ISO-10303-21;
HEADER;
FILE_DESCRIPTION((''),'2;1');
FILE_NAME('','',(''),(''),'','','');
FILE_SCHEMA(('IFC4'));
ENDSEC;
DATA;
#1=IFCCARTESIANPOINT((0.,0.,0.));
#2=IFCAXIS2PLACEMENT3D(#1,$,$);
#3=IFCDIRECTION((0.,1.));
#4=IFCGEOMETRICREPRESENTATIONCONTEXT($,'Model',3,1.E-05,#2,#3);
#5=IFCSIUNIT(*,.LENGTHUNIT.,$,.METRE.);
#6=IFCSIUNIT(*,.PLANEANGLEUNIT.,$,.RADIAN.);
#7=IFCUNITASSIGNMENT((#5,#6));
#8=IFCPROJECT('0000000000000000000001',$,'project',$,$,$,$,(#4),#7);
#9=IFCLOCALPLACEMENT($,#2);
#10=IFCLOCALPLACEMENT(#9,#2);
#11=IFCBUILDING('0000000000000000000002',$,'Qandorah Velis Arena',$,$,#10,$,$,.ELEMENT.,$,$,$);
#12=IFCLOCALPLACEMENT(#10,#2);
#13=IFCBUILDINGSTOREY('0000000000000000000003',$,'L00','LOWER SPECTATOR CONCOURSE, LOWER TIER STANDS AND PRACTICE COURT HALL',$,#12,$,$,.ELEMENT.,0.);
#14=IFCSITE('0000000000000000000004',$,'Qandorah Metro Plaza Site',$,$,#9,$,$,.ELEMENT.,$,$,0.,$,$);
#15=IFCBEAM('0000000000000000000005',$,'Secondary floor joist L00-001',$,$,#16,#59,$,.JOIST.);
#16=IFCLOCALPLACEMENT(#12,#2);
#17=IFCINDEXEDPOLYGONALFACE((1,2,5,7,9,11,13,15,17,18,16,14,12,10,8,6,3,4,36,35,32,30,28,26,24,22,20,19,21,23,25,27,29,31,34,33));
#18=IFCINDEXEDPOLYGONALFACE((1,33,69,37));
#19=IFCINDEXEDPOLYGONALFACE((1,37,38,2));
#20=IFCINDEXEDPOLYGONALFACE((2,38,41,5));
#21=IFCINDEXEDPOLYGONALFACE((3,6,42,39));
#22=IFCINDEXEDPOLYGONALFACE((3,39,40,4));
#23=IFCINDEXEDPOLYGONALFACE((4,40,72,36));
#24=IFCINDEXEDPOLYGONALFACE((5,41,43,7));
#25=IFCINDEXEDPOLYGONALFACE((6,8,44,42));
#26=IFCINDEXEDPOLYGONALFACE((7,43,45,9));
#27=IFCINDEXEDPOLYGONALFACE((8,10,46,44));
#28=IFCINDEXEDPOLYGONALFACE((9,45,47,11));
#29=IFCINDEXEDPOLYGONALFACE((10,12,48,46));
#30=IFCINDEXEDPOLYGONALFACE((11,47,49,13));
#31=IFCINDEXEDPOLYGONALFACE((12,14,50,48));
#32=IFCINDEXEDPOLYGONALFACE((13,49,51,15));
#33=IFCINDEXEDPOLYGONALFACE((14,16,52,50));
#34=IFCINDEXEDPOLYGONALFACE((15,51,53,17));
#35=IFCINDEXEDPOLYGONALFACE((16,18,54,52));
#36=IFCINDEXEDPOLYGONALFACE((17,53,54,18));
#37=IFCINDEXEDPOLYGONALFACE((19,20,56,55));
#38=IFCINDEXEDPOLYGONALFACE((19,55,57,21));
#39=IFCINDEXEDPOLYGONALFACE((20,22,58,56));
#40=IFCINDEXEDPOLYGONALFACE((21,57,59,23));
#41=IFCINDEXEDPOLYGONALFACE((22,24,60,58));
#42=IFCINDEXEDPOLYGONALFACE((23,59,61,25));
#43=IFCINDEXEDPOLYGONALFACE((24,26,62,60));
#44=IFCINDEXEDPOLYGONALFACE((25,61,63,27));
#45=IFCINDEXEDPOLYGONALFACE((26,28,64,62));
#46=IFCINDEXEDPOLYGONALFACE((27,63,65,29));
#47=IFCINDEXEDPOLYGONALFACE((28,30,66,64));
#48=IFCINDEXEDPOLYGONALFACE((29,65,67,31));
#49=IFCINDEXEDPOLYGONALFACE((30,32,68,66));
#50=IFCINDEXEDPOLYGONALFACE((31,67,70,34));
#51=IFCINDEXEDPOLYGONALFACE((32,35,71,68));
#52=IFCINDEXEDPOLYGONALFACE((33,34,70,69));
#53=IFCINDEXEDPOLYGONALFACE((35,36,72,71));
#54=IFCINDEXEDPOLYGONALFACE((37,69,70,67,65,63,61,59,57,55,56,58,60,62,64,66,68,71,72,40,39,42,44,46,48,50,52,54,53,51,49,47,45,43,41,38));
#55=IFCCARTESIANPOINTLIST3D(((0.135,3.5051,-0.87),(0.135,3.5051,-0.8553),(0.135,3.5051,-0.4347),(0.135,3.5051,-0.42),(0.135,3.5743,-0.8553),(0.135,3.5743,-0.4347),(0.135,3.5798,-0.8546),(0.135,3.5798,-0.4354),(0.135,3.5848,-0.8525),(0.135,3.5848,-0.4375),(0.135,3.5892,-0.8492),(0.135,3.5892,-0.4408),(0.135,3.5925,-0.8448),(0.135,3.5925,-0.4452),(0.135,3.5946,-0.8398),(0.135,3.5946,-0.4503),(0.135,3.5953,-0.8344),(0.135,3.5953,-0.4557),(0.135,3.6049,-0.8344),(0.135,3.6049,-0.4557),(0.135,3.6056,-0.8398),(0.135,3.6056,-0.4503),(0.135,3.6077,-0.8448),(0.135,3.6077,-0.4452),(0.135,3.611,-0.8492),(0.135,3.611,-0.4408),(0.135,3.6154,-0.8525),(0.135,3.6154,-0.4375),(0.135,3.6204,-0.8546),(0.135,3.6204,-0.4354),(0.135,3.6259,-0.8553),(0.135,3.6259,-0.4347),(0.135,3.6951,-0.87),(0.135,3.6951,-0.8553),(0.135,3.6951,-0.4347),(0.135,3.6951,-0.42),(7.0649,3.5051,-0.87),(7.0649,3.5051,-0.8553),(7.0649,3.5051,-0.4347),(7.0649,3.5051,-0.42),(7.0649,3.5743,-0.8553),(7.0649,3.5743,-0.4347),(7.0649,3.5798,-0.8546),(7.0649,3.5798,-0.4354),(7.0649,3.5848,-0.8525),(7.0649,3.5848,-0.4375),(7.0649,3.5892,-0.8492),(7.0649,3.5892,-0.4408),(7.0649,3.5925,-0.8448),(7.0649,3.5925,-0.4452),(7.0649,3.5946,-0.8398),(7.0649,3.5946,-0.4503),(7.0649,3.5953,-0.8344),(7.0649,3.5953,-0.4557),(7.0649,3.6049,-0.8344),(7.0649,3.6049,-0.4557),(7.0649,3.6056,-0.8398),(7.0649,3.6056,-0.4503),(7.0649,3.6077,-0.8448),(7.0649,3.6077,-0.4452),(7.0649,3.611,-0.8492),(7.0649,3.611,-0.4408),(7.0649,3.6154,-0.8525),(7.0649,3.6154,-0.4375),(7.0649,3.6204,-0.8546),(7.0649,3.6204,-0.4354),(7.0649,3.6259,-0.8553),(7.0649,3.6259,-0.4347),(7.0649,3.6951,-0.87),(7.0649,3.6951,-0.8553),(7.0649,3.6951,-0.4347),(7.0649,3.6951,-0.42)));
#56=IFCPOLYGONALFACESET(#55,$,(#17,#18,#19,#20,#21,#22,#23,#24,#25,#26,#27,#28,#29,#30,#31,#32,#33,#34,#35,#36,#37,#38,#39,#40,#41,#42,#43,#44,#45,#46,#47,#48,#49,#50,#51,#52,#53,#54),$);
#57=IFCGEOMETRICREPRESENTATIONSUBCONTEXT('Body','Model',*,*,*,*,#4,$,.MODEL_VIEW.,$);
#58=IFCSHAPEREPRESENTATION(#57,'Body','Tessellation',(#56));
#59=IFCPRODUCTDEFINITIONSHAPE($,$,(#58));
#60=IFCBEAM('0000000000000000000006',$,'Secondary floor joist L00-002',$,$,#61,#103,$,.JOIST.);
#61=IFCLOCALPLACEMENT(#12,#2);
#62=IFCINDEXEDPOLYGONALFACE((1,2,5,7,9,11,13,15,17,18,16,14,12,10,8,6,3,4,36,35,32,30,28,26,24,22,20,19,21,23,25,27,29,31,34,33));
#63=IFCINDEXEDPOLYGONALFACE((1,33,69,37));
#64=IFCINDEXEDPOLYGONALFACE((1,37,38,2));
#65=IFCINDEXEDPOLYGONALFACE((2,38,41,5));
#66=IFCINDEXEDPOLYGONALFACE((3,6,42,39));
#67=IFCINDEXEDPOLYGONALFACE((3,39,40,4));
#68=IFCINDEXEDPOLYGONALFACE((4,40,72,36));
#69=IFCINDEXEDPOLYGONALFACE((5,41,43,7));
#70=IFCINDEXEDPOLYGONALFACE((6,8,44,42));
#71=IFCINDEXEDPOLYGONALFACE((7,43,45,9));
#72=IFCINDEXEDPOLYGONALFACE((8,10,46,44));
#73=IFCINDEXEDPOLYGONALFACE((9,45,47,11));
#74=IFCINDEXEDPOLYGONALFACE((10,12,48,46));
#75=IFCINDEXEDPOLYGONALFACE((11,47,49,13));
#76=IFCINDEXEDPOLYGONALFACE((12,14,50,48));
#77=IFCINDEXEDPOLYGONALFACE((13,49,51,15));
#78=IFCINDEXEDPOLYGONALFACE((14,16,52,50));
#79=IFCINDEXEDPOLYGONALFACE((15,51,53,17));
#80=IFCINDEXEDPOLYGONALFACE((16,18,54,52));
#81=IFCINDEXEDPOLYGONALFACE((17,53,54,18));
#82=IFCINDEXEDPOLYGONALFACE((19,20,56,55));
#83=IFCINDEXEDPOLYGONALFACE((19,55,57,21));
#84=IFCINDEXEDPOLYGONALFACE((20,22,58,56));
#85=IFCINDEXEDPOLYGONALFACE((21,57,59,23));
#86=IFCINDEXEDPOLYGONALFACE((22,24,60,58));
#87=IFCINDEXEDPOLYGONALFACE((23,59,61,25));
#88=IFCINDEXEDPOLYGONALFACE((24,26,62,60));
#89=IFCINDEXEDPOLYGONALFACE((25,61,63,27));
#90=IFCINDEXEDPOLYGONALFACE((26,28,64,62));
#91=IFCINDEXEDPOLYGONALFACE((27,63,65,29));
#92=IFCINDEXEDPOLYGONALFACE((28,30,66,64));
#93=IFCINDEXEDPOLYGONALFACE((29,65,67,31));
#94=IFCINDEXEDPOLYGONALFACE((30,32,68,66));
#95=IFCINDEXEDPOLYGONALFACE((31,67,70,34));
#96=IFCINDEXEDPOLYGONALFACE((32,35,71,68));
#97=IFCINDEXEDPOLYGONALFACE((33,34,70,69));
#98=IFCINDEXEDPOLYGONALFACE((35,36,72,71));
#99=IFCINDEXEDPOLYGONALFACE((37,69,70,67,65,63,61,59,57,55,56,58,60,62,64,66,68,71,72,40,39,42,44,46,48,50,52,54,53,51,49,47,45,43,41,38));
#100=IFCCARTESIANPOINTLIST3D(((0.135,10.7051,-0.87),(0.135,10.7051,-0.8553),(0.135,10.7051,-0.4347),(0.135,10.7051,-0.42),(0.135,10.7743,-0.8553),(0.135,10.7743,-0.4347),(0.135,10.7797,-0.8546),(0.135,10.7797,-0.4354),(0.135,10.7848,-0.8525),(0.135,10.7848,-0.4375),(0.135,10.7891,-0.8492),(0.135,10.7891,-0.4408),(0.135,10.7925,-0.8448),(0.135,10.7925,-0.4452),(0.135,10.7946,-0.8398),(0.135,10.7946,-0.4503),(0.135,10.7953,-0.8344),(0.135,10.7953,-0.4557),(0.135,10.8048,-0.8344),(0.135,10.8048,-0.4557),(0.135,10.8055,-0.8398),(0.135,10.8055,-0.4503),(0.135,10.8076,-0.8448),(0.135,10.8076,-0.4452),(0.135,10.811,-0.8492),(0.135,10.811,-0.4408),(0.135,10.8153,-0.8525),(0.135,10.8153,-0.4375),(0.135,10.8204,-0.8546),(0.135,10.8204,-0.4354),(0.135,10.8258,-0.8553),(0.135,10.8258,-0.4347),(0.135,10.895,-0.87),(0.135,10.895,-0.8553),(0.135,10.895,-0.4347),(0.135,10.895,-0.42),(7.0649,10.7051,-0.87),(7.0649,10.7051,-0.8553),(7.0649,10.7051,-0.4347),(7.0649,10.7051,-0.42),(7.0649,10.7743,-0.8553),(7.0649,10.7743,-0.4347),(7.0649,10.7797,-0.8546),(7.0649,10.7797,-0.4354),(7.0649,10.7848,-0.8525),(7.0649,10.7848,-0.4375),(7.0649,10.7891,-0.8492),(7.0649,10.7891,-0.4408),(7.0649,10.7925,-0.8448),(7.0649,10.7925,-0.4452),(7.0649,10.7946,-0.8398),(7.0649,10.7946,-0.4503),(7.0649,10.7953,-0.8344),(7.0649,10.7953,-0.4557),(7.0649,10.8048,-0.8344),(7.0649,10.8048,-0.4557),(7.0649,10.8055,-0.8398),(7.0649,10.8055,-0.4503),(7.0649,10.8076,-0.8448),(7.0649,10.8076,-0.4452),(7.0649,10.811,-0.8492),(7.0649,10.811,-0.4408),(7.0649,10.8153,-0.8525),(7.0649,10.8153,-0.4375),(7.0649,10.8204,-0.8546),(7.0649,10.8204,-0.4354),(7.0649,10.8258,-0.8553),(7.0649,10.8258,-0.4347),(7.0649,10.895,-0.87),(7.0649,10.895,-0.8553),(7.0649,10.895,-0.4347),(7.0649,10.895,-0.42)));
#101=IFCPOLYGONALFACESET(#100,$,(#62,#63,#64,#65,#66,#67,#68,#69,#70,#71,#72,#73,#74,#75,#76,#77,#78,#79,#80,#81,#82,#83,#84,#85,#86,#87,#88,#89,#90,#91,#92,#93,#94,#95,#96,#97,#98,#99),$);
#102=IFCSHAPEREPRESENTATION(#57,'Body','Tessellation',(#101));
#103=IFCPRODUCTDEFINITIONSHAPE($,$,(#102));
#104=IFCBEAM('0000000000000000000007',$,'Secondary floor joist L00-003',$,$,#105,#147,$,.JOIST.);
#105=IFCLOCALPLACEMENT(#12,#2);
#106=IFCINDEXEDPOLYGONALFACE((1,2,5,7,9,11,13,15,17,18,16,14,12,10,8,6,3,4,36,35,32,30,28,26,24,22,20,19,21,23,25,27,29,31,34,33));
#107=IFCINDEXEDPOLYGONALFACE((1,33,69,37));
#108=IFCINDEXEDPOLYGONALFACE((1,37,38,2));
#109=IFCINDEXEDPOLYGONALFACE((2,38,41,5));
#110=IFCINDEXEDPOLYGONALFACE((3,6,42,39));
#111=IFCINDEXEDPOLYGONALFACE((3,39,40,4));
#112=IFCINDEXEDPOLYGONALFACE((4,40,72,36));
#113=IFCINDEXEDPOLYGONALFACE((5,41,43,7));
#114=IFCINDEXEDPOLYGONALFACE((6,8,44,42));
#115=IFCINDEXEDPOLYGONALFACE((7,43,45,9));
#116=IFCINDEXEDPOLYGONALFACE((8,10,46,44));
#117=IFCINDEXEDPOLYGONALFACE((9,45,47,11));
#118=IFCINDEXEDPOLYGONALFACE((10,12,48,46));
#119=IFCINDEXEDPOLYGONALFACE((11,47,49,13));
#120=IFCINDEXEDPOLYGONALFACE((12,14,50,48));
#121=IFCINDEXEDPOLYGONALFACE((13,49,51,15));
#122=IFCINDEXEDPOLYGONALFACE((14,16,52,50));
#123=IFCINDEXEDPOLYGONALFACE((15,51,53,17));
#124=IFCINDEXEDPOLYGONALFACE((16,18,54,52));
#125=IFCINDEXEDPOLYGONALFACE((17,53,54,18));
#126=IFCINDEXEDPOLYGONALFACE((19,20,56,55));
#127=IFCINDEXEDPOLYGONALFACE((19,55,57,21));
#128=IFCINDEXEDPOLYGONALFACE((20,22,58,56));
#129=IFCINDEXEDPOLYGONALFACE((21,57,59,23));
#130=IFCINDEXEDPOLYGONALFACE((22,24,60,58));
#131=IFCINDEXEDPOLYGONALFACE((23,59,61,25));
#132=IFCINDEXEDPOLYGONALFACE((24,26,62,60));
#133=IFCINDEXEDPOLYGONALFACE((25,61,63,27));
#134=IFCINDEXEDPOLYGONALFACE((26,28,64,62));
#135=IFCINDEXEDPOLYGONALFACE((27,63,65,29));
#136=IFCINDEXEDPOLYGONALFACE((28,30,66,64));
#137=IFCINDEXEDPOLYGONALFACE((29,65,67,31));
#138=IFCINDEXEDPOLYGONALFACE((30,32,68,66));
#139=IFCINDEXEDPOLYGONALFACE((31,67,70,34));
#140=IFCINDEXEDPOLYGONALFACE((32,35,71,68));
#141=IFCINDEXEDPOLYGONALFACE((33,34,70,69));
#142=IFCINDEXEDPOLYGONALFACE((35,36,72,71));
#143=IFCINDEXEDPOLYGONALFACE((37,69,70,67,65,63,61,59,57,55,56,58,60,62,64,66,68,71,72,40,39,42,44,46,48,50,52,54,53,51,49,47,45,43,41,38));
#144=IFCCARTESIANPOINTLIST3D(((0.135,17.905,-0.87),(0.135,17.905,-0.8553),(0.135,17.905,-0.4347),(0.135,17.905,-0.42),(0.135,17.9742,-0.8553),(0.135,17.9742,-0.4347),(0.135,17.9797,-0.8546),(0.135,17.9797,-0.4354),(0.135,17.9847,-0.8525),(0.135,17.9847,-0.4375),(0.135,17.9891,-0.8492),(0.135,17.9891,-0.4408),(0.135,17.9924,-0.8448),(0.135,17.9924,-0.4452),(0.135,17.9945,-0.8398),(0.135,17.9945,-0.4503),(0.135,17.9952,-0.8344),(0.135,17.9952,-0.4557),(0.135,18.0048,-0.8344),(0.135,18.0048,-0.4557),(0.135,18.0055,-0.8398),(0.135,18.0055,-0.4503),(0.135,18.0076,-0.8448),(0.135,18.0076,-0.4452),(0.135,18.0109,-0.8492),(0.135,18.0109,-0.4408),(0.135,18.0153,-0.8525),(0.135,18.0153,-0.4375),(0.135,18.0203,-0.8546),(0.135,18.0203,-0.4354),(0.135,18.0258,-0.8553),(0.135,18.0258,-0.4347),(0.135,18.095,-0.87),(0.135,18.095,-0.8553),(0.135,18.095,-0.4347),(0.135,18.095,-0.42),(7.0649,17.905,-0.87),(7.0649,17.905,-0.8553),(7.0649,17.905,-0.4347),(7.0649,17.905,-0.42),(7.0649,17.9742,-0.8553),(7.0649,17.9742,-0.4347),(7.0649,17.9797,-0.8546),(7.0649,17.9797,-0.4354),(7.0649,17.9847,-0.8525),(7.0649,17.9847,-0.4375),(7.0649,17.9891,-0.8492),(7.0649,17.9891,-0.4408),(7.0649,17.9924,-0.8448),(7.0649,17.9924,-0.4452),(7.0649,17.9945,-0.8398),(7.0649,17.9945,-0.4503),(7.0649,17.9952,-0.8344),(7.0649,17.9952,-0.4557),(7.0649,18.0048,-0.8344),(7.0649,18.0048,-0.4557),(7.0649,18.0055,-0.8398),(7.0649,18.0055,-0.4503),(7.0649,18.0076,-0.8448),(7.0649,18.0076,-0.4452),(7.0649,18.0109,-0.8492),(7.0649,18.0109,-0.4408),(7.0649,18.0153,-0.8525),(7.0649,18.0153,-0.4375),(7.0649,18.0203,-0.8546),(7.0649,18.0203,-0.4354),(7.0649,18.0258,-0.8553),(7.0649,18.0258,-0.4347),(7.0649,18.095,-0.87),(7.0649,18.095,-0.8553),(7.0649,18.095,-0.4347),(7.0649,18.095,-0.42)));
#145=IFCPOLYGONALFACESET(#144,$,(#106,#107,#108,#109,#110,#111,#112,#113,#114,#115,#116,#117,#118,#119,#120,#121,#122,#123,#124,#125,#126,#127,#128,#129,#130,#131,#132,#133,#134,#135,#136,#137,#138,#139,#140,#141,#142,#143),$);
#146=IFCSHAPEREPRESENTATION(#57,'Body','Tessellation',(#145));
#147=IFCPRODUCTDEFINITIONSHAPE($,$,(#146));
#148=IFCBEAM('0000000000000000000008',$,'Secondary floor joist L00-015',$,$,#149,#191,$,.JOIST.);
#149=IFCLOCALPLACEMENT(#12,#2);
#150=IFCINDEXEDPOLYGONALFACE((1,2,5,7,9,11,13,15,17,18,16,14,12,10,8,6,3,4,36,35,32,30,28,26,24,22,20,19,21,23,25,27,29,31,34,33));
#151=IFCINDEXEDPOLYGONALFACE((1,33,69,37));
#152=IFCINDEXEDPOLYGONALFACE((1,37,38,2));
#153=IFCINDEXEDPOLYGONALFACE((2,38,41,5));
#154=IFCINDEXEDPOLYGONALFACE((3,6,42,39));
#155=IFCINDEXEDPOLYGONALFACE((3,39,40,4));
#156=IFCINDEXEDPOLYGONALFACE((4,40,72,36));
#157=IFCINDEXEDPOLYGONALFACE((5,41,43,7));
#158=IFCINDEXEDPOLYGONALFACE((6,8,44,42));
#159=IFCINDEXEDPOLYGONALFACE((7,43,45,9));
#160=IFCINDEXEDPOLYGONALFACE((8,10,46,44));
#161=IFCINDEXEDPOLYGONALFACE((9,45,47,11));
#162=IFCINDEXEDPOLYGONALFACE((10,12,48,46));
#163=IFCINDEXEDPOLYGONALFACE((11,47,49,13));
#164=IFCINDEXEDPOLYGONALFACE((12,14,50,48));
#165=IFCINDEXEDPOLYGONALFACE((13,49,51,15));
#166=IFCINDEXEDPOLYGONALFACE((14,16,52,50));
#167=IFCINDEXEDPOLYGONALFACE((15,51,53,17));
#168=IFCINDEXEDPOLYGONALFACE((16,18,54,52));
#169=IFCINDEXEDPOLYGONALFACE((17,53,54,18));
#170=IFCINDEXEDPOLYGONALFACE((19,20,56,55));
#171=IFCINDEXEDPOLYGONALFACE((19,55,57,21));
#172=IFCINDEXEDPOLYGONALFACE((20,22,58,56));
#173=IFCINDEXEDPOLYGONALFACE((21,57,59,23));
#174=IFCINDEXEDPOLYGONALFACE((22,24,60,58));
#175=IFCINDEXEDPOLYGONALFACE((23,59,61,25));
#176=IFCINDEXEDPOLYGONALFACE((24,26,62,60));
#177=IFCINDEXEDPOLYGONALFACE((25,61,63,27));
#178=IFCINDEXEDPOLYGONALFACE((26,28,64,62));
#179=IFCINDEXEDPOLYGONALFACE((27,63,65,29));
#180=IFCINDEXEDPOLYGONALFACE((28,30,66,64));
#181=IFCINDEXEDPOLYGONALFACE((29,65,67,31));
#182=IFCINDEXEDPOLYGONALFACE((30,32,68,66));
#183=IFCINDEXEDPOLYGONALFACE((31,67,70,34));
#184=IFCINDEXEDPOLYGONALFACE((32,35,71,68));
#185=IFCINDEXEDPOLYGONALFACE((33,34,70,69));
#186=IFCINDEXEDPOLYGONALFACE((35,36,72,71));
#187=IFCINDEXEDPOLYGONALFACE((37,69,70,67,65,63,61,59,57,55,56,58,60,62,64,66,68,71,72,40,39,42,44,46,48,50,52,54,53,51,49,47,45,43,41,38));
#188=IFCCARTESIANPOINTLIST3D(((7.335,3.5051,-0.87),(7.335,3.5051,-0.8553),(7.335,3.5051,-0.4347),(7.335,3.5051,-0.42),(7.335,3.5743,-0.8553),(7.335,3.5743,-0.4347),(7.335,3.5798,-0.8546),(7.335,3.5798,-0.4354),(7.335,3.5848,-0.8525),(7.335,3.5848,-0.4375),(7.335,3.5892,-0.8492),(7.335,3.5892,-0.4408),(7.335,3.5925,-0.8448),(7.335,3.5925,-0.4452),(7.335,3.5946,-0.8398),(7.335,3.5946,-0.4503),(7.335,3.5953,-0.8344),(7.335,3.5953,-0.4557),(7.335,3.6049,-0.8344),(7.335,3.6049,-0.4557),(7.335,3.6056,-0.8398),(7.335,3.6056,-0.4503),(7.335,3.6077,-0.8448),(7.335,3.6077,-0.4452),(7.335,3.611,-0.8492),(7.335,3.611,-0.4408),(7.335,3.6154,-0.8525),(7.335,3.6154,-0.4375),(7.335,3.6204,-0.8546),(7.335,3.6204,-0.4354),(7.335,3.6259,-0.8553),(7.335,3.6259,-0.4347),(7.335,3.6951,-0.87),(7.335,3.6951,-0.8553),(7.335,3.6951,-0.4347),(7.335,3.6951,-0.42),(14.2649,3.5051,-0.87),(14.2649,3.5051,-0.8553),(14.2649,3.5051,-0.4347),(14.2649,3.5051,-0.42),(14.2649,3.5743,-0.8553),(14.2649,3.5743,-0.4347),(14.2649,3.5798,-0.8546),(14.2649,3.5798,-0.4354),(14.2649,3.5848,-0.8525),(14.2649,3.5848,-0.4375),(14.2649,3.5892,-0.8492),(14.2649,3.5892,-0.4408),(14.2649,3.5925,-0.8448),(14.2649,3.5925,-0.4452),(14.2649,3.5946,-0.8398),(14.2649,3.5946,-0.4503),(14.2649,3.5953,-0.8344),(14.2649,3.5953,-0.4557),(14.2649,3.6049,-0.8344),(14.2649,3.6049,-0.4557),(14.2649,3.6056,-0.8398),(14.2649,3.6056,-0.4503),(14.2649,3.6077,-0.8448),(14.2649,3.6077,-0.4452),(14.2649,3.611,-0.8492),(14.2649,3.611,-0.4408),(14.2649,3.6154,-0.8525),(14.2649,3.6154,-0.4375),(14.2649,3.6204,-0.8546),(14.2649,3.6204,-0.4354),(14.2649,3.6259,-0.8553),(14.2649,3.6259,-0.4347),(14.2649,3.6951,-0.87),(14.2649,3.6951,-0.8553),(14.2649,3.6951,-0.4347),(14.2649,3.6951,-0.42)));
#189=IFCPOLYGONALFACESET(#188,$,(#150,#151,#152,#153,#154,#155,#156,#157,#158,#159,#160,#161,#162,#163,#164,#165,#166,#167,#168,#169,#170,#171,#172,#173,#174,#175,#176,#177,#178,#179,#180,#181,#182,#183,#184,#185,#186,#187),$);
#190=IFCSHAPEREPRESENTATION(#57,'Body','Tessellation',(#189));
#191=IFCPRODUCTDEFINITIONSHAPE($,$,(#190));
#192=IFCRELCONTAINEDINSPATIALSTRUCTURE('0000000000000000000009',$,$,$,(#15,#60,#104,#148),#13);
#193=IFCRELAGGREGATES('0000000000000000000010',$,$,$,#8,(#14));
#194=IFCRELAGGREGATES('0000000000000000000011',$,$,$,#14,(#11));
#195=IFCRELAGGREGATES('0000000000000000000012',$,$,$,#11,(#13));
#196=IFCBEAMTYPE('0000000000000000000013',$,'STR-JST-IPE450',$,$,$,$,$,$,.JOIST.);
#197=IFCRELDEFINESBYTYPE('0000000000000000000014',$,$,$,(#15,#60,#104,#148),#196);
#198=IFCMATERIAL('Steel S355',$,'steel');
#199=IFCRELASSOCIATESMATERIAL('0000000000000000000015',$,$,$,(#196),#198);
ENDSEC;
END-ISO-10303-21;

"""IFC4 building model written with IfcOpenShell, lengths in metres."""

from ifc_helpers import new_model, si_unit, direction, frame, origin, origin_2d, place, context, subcontext, project, spatial, i_section, extrude, material, material_profile, profile_set, type_object, element, save


model = new_model("IFC4")

# Units and contexts
model_context = context("Model", 3, precision=1e-05, world=origin(), true_north=direction((0.0, 1.0)))
body_context = subcontext(model_context, "Body", "Model", "MODEL_VIEW")
ifc_project = project(units=[si_unit("LENGTHUNIT", "METRE"), si_unit("PLANEANGLEUNIT", "RADIAN")], contexts=[model_context])

# Site, building, storey
site_placement = place(None, origin())
site = spatial("IfcSite", under=ifc_project, at=site_placement, Name="Qandorah Metro Plaza Site", CompositionType="ELEMENT", RefElevation=0.0)
building_placement = place(site_placement, origin())
building = spatial("IfcBuilding", under=site, at=building_placement, Name="Qandorah Velis Arena", CompositionType="ELEMENT")
storey_placement = place(building_placement, origin())
storey = spatial("IfcBuildingStorey", under=building, at=storey_placement, Name="L00", Description="LOWER SPECTATOR CONCOURSE, LOWER TIER STANDS AND PRACTICE COURT HALL", CompositionType="ELEMENT", Elevation=0.0)

# Beams
ifc_material_1 = material(Name="Steel S355", Category="steel")
ifc_material_profile_1 = material_profile(ifc_material_1, i_section(OverallWidth=0.1899, OverallDepth=0.45, WebThickness=0.0095, FlangeThickness=0.0146, FilletRadius=0.021, at=origin_2d()), Name="IPE 450")
ifc_profile_set_1 = profile_set([ifc_material_profile_1], Name="Steel S355")
beam_type_1 = type_object("IfcBeamType", Name="STR-JST-IPE450", PredefinedType="JOIST", material=ifc_profile_set_1)
for number, where, z_axis, x_axis, name in (
    (1, (0.135, 3.6001, -0.645), (1.0, 0.0, 0.0), (0.0, 1.0, 0.0), "Secondary floor joist L00-001"),
    (2, (0.135, 10.8, -0.645), (1.0, 0.0, 0.0), (0.0, 1.0, 0.0), "Secondary floor joist L00-002"),
    (3, (0.135, 18.0, -0.645), (1.0, 0.0, 0.0), (0.0, 1.0, 0.0), "Secondary floor joist L00-003"),
    (4, (7.335, 3.6001, -0.645), (1.0, 0.0, 0.0), (0.0, 1.0, 0.0), "Secondary floor joist L00-015"),
):
    element("IfcBeam", number, at=place(storey_placement, frame(where, z_axis=z_axis, x_axis=x_axis)), inside=storey, type_object=beam_type_1, Name=name, PredefinedType="JOIST", context=body_context, shape_type="SweptSolid", body=[
        extrude(i_section(OverallWidth=0.1899, OverallDepth=0.45, WebThickness=0.0095, FlangeThickness=0.0146, FilletRadius=0.021, at=origin_2d()), origin(), (0.0, 0.0, 1.0), 6.9299),
    ])

save(model, "model.ifc")
